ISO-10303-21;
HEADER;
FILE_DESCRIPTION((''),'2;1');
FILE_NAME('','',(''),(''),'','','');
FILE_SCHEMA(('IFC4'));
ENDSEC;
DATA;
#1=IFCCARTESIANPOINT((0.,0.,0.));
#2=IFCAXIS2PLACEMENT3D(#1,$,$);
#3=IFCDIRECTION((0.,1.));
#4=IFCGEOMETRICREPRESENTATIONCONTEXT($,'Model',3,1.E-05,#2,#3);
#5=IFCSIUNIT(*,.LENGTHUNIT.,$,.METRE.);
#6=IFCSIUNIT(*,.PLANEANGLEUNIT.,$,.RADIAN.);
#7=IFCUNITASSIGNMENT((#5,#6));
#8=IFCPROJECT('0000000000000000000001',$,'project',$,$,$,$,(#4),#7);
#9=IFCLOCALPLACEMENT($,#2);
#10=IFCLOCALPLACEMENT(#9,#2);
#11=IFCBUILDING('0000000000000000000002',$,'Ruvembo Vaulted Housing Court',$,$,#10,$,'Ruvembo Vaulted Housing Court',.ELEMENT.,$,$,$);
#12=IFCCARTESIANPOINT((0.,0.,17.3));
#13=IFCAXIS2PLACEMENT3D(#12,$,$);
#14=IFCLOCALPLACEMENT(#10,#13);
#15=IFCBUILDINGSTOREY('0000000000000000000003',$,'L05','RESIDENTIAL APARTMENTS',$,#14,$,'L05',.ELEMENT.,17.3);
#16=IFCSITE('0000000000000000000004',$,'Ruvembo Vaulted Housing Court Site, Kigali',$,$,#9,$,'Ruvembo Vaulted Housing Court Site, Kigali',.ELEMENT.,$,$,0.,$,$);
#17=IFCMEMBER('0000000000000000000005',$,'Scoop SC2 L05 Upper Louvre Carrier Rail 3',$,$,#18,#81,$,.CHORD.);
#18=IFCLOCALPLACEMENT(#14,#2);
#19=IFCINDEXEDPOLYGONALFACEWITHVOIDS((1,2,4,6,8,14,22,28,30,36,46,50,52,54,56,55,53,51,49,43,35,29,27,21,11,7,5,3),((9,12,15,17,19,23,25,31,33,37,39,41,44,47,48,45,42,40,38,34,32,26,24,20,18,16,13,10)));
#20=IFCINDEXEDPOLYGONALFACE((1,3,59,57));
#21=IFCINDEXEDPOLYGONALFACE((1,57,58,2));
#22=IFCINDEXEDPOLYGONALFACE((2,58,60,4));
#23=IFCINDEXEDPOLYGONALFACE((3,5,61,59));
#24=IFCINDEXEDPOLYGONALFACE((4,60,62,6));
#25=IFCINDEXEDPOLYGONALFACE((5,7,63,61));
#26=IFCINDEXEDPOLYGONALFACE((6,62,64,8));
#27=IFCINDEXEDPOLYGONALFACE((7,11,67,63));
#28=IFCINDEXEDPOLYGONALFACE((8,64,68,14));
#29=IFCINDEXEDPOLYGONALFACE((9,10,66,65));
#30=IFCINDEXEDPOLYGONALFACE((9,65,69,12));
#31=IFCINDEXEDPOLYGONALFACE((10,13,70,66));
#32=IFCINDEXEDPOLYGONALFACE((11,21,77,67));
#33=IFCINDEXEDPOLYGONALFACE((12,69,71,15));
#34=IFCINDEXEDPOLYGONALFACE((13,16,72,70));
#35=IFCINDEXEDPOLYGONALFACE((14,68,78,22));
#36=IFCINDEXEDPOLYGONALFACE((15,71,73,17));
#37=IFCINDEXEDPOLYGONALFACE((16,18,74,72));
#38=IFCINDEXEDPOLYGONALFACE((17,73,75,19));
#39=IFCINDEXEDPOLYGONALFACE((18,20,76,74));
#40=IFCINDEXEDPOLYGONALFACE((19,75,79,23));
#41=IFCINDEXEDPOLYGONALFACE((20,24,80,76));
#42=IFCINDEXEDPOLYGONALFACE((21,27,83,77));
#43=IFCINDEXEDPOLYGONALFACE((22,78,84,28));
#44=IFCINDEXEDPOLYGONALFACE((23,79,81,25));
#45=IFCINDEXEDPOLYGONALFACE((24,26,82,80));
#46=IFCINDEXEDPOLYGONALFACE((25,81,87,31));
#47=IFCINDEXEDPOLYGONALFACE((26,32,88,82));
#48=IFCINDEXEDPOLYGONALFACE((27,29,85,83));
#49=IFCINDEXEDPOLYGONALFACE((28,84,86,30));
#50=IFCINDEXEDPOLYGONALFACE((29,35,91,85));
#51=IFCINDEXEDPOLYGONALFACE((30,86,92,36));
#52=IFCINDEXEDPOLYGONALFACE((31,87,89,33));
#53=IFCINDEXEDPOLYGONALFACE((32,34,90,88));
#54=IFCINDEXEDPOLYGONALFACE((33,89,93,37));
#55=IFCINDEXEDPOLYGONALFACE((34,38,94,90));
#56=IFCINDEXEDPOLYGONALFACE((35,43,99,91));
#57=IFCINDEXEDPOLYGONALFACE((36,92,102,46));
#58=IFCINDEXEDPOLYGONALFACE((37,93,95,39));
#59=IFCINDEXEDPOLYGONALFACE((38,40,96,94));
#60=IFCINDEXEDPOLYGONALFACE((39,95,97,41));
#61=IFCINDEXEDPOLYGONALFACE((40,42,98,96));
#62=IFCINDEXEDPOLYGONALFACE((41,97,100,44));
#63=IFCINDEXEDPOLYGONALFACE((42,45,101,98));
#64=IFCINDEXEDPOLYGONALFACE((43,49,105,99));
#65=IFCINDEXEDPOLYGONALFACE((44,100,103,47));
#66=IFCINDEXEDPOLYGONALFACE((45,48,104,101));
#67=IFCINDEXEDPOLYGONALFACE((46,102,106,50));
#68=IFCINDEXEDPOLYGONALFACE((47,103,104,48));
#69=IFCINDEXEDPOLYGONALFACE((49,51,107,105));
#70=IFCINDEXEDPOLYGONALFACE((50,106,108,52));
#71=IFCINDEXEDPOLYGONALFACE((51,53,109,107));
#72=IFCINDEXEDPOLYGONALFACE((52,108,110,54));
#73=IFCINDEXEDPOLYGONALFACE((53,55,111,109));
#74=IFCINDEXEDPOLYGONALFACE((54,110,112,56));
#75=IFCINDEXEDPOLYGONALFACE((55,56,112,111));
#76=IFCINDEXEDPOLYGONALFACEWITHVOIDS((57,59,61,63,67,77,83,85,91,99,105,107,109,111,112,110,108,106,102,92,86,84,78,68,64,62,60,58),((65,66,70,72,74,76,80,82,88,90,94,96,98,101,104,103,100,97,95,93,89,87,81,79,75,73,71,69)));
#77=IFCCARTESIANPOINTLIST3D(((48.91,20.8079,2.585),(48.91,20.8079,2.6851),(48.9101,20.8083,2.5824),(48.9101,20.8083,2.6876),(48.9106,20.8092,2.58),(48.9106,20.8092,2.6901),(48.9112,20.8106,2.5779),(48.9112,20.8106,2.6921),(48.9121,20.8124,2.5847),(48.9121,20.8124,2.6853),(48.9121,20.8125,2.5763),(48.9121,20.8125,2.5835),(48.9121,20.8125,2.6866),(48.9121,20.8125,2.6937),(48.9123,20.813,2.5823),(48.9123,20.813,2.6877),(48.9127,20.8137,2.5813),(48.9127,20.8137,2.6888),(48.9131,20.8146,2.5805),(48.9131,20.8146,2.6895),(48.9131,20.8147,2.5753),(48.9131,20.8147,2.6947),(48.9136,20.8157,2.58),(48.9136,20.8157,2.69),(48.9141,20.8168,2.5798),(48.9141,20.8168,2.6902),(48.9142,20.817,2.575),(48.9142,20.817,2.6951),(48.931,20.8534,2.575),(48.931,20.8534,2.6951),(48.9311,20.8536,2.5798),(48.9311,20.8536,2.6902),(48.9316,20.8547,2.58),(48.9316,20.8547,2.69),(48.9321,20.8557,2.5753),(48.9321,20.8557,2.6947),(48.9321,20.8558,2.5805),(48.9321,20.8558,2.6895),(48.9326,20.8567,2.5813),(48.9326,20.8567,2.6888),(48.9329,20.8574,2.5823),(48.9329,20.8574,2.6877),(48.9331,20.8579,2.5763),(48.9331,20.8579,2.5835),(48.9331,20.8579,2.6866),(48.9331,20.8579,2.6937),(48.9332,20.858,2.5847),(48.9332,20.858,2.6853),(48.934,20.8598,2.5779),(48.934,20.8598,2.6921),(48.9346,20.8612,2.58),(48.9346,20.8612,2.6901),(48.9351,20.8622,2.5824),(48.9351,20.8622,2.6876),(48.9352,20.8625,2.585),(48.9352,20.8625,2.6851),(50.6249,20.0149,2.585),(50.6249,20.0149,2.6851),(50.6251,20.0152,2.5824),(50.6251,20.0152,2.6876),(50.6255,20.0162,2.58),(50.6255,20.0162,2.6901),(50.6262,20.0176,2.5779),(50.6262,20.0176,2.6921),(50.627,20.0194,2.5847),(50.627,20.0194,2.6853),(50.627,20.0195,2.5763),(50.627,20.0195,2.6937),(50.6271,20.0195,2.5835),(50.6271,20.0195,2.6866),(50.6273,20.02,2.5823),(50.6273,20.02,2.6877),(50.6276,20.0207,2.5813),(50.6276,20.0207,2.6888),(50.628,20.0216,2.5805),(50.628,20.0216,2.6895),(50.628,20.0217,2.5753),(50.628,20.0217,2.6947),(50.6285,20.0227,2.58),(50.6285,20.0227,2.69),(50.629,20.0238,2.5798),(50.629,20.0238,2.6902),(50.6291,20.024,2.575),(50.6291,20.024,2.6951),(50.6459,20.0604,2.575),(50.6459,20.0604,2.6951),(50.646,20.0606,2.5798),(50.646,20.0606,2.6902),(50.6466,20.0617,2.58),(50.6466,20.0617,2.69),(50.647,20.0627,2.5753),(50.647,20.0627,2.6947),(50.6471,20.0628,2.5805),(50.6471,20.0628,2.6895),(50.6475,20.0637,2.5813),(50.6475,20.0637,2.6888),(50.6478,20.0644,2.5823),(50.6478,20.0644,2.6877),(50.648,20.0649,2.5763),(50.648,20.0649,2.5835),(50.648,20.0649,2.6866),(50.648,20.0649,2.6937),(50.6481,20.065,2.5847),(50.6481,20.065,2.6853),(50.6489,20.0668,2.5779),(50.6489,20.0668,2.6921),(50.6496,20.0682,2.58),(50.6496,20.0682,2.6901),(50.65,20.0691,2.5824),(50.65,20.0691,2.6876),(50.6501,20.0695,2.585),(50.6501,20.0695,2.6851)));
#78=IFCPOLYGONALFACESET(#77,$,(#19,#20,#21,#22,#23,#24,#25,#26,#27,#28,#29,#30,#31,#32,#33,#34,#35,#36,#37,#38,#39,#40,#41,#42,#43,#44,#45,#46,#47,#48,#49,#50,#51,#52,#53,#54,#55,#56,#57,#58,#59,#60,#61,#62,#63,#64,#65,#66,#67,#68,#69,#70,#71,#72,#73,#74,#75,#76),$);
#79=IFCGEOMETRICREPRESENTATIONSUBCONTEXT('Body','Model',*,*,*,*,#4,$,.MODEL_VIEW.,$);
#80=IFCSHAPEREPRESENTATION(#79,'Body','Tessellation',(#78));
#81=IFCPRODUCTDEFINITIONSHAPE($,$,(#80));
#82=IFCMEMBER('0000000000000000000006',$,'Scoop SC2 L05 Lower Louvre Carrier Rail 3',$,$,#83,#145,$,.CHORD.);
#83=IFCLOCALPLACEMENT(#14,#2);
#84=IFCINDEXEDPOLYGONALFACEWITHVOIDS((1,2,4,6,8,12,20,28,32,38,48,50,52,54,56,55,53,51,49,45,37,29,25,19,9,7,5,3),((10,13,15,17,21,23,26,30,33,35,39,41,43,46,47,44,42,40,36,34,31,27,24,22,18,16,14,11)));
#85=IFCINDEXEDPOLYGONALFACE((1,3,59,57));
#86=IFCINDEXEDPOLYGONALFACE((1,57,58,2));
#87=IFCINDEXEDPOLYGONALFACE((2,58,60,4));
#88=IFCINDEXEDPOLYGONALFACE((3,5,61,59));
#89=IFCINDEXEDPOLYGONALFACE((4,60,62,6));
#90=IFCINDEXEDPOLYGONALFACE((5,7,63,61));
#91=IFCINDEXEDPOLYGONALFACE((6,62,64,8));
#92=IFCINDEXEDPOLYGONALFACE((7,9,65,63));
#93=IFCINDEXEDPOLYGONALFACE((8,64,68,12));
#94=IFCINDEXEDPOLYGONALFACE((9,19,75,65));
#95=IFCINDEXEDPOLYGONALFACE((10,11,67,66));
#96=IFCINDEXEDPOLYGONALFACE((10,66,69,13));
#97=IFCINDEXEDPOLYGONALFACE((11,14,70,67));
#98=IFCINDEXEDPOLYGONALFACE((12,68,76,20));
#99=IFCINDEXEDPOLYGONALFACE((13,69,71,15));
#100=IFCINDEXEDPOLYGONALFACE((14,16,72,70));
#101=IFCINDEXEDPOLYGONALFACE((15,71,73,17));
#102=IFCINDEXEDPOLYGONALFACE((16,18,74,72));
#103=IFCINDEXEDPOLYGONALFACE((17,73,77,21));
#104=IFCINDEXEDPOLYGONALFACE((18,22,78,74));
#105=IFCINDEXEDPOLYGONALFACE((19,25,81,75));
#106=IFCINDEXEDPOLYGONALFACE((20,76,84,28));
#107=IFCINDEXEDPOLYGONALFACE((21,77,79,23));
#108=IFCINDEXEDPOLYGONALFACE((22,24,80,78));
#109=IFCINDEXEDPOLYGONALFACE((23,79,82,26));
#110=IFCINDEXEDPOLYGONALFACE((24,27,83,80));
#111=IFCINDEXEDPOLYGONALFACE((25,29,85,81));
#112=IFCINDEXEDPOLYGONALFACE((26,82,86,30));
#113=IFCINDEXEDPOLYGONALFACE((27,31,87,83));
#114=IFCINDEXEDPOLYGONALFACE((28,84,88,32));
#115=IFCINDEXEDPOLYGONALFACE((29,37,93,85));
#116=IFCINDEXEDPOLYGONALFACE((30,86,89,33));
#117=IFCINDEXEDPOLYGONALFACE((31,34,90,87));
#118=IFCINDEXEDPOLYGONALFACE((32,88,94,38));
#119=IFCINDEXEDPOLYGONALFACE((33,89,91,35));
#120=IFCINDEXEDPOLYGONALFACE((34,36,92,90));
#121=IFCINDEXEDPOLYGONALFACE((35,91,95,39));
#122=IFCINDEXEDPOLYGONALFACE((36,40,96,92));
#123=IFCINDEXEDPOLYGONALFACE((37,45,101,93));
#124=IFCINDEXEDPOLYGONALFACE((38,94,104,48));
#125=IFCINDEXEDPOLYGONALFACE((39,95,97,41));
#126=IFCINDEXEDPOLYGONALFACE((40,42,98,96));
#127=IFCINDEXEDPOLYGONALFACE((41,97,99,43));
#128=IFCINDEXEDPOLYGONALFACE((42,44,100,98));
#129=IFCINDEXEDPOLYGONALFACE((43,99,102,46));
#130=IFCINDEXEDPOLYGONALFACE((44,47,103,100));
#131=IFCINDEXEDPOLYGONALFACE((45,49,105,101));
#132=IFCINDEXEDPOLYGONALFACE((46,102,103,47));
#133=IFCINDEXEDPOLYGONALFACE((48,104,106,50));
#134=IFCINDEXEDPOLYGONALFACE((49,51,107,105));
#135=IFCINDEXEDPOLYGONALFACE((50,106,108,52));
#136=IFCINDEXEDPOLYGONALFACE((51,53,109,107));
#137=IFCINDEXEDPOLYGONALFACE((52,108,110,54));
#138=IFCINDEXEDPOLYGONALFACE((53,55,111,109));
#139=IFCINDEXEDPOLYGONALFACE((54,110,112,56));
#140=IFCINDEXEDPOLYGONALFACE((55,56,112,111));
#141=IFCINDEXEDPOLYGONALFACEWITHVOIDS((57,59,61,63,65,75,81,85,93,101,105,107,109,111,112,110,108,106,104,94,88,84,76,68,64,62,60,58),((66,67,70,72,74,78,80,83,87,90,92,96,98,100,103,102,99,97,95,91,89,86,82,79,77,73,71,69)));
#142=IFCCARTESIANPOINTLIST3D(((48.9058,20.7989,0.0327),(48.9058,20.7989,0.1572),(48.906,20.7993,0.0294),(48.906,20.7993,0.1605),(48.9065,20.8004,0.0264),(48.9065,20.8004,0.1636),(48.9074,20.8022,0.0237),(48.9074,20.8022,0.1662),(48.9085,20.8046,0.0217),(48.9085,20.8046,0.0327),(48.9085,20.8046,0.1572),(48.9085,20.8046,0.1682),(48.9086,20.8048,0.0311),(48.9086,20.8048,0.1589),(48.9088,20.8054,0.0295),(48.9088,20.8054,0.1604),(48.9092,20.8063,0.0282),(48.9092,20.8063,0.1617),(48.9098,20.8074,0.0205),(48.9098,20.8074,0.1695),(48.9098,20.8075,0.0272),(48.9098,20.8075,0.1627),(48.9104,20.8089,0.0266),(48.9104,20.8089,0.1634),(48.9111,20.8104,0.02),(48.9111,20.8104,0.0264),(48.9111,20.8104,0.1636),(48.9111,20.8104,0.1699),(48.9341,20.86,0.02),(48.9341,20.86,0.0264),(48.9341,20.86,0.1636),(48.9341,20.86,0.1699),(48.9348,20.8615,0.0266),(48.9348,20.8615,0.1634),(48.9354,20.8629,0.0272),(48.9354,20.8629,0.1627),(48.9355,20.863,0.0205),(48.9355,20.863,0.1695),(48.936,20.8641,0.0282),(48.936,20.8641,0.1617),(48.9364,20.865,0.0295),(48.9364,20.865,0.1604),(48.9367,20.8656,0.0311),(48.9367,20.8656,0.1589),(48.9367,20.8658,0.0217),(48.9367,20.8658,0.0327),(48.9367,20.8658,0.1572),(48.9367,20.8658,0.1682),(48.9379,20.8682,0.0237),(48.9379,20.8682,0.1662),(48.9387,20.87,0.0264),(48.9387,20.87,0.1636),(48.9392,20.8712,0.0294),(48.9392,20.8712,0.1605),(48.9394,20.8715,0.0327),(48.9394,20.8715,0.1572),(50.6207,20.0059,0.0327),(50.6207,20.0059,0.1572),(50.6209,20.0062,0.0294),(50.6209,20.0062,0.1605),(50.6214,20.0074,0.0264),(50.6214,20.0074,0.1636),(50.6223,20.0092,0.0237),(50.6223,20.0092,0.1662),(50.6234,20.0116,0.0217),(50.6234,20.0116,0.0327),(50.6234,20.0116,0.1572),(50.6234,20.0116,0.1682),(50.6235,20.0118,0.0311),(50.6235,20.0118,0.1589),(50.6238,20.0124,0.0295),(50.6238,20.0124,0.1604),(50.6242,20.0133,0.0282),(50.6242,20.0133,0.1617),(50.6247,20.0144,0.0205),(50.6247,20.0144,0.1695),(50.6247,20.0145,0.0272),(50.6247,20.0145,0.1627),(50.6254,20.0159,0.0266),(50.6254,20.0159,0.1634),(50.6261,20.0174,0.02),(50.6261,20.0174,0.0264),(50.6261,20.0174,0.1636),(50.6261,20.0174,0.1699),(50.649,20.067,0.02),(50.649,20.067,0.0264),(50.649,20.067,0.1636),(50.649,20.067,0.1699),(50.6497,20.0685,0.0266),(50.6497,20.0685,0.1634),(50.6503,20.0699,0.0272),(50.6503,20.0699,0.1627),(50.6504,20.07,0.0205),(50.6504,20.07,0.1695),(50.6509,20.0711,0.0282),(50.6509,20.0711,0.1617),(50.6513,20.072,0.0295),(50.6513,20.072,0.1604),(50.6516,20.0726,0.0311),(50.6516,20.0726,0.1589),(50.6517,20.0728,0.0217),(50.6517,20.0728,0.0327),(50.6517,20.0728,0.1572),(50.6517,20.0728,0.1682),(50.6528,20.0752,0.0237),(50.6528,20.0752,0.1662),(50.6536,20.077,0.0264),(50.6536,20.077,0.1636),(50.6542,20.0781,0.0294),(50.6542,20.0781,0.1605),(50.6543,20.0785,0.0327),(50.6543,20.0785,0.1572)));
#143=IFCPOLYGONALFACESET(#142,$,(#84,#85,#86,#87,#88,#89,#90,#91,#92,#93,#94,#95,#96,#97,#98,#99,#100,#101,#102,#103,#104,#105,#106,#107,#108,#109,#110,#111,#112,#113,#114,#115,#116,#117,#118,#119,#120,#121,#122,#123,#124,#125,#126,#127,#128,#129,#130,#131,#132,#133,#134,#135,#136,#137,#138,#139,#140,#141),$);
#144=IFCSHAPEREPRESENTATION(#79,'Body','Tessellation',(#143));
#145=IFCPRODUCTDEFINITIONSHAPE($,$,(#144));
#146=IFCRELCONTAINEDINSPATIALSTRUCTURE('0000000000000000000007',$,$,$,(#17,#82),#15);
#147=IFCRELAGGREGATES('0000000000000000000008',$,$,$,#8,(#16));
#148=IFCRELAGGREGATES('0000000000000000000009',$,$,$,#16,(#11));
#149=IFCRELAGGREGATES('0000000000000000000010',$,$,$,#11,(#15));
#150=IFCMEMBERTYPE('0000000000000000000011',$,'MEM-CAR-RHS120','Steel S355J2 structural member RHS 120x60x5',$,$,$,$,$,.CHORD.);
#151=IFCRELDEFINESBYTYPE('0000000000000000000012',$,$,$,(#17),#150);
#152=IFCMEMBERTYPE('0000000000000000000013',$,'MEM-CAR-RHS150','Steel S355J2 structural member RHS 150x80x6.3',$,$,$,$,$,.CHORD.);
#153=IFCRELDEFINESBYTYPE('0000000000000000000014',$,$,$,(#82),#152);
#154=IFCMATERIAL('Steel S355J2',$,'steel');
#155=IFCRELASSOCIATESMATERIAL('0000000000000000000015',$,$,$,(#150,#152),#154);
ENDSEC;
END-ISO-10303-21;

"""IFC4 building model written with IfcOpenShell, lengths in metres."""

from ifc_helpers import new_model, si_unit, direction, frame, origin, origin_2d, place, context, subcontext, project, spatial, hollow_rectangle, extrude, material, material_profile, profile_set, type_object, element, save


model = new_model("IFC4")

# Units and contexts
model_context = context("Model", 3, precision=1e-05, world=origin(), true_north=direction((0.0, 1.0)))
body_context = subcontext(model_context, "Body", "Model", "MODEL_VIEW")
ifc_project = project(units=[si_unit("LENGTHUNIT", "METRE"), si_unit("PLANEANGLEUNIT", "RADIAN")], contexts=[model_context])

# Site, building, storey
site_placement = place(None, origin())
site = spatial("IfcSite", under=ifc_project, at=site_placement, Name="Ruvembo Vaulted Housing Court Site, Kigali", LongName="Ruvembo Vaulted Housing Court Site, Kigali", CompositionType="ELEMENT", RefElevation=0.0)
building_placement = place(site_placement, origin())
building = spatial("IfcBuilding", under=site, at=building_placement, Name="Ruvembo Vaulted Housing Court", LongName="Ruvembo Vaulted Housing Court", CompositionType="ELEMENT")
storey_placement = place(building_placement, frame((0.0, 0.0, 17.3)))
storey = spatial("IfcBuildingStorey", under=building, at=storey_placement, Name="L05", Description="RESIDENTIAL APARTMENTS", LongName="L05", CompositionType="ELEMENT", Elevation=17.3)

# Shared definitions
ifc_material_1 = material(Name="Steel S355J2", Category="steel")

# Members
ifc_material_profile_1 = material_profile(ifc_material_1, hollow_rectangle(XDim=0.0601, YDim=0.1201, WallThickness=0.0049, InnerFilletRadius=0.0049, OuterFilletRadius=0.01, at=origin_2d()), Name="RHS 120x60x5")
ifc_profile_set_1 = profile_set([ifc_material_profile_1], Name="Steel S355J2")
member_type_1 = type_object("IfcMemberType", Name="MEM-CAR-RHS120", Description="Steel S355J2 structural member RHS 120x60x5", PredefinedType="CHORD", material=ifc_profile_set_1)
member_1_placement = place(storey_placement, frame((48.9226, 20.8352, 2.635), z_axis=(0.907657, -0.419714, 0.0), x_axis=(0.419714, 0.907657, 0.0)))
element("IfcMember", 1, at=member_1_placement, inside=storey, type_object=member_type_1, Name="Scoop SC2 L05 Upper Louvre Carrier Rail 3", PredefinedType="CHORD", context=body_context, shape_type="SweptSolid", body=[
    extrude(hollow_rectangle(XDim=0.0601, YDim=0.1201, WallThickness=0.0049, InnerFilletRadius=0.0049, OuterFilletRadius=0.01, at=origin_2d()), origin(), (0.0, 0.0, 1.0), 1.8894),
])
ifc_material_profile_2 = material_profile(ifc_material_1, hollow_rectangle(XDim=0.0801, YDim=0.1499, WallThickness=0.0063, InnerFilletRadius=0.0063, OuterFilletRadius=0.0127, at=origin_2d()), Name="RHS 150x80x6.3")
ifc_profile_set_2 = profile_set([ifc_material_profile_2], Name="Steel S355J2")
member_type_2 = type_object("IfcMemberType", Name="MEM-CAR-RHS150", Description="Steel S355J2 structural member RHS 150x80x6.3", PredefinedType="CHORD", material=ifc_profile_set_2)
member_2_placement = place(storey_placement, frame((48.9226, 20.8352, 0.095), z_axis=(0.907657, -0.419714, 0.0), x_axis=(0.419714, 0.907657, 0.0)))
element("IfcMember", 2, at=member_2_placement, inside=storey, type_object=member_type_2, Name="Scoop SC2 L05 Lower Louvre Carrier Rail 3", PredefinedType="CHORD", context=body_context, shape_type="SweptSolid", body=[
    extrude(hollow_rectangle(XDim=0.0801, YDim=0.1499, WallThickness=0.0063, InnerFilletRadius=0.0063, OuterFilletRadius=0.0127, at=origin_2d()), origin(), (0.0, 0.0, 1.0), 1.8894),
])

save(model, "model.ifc")
